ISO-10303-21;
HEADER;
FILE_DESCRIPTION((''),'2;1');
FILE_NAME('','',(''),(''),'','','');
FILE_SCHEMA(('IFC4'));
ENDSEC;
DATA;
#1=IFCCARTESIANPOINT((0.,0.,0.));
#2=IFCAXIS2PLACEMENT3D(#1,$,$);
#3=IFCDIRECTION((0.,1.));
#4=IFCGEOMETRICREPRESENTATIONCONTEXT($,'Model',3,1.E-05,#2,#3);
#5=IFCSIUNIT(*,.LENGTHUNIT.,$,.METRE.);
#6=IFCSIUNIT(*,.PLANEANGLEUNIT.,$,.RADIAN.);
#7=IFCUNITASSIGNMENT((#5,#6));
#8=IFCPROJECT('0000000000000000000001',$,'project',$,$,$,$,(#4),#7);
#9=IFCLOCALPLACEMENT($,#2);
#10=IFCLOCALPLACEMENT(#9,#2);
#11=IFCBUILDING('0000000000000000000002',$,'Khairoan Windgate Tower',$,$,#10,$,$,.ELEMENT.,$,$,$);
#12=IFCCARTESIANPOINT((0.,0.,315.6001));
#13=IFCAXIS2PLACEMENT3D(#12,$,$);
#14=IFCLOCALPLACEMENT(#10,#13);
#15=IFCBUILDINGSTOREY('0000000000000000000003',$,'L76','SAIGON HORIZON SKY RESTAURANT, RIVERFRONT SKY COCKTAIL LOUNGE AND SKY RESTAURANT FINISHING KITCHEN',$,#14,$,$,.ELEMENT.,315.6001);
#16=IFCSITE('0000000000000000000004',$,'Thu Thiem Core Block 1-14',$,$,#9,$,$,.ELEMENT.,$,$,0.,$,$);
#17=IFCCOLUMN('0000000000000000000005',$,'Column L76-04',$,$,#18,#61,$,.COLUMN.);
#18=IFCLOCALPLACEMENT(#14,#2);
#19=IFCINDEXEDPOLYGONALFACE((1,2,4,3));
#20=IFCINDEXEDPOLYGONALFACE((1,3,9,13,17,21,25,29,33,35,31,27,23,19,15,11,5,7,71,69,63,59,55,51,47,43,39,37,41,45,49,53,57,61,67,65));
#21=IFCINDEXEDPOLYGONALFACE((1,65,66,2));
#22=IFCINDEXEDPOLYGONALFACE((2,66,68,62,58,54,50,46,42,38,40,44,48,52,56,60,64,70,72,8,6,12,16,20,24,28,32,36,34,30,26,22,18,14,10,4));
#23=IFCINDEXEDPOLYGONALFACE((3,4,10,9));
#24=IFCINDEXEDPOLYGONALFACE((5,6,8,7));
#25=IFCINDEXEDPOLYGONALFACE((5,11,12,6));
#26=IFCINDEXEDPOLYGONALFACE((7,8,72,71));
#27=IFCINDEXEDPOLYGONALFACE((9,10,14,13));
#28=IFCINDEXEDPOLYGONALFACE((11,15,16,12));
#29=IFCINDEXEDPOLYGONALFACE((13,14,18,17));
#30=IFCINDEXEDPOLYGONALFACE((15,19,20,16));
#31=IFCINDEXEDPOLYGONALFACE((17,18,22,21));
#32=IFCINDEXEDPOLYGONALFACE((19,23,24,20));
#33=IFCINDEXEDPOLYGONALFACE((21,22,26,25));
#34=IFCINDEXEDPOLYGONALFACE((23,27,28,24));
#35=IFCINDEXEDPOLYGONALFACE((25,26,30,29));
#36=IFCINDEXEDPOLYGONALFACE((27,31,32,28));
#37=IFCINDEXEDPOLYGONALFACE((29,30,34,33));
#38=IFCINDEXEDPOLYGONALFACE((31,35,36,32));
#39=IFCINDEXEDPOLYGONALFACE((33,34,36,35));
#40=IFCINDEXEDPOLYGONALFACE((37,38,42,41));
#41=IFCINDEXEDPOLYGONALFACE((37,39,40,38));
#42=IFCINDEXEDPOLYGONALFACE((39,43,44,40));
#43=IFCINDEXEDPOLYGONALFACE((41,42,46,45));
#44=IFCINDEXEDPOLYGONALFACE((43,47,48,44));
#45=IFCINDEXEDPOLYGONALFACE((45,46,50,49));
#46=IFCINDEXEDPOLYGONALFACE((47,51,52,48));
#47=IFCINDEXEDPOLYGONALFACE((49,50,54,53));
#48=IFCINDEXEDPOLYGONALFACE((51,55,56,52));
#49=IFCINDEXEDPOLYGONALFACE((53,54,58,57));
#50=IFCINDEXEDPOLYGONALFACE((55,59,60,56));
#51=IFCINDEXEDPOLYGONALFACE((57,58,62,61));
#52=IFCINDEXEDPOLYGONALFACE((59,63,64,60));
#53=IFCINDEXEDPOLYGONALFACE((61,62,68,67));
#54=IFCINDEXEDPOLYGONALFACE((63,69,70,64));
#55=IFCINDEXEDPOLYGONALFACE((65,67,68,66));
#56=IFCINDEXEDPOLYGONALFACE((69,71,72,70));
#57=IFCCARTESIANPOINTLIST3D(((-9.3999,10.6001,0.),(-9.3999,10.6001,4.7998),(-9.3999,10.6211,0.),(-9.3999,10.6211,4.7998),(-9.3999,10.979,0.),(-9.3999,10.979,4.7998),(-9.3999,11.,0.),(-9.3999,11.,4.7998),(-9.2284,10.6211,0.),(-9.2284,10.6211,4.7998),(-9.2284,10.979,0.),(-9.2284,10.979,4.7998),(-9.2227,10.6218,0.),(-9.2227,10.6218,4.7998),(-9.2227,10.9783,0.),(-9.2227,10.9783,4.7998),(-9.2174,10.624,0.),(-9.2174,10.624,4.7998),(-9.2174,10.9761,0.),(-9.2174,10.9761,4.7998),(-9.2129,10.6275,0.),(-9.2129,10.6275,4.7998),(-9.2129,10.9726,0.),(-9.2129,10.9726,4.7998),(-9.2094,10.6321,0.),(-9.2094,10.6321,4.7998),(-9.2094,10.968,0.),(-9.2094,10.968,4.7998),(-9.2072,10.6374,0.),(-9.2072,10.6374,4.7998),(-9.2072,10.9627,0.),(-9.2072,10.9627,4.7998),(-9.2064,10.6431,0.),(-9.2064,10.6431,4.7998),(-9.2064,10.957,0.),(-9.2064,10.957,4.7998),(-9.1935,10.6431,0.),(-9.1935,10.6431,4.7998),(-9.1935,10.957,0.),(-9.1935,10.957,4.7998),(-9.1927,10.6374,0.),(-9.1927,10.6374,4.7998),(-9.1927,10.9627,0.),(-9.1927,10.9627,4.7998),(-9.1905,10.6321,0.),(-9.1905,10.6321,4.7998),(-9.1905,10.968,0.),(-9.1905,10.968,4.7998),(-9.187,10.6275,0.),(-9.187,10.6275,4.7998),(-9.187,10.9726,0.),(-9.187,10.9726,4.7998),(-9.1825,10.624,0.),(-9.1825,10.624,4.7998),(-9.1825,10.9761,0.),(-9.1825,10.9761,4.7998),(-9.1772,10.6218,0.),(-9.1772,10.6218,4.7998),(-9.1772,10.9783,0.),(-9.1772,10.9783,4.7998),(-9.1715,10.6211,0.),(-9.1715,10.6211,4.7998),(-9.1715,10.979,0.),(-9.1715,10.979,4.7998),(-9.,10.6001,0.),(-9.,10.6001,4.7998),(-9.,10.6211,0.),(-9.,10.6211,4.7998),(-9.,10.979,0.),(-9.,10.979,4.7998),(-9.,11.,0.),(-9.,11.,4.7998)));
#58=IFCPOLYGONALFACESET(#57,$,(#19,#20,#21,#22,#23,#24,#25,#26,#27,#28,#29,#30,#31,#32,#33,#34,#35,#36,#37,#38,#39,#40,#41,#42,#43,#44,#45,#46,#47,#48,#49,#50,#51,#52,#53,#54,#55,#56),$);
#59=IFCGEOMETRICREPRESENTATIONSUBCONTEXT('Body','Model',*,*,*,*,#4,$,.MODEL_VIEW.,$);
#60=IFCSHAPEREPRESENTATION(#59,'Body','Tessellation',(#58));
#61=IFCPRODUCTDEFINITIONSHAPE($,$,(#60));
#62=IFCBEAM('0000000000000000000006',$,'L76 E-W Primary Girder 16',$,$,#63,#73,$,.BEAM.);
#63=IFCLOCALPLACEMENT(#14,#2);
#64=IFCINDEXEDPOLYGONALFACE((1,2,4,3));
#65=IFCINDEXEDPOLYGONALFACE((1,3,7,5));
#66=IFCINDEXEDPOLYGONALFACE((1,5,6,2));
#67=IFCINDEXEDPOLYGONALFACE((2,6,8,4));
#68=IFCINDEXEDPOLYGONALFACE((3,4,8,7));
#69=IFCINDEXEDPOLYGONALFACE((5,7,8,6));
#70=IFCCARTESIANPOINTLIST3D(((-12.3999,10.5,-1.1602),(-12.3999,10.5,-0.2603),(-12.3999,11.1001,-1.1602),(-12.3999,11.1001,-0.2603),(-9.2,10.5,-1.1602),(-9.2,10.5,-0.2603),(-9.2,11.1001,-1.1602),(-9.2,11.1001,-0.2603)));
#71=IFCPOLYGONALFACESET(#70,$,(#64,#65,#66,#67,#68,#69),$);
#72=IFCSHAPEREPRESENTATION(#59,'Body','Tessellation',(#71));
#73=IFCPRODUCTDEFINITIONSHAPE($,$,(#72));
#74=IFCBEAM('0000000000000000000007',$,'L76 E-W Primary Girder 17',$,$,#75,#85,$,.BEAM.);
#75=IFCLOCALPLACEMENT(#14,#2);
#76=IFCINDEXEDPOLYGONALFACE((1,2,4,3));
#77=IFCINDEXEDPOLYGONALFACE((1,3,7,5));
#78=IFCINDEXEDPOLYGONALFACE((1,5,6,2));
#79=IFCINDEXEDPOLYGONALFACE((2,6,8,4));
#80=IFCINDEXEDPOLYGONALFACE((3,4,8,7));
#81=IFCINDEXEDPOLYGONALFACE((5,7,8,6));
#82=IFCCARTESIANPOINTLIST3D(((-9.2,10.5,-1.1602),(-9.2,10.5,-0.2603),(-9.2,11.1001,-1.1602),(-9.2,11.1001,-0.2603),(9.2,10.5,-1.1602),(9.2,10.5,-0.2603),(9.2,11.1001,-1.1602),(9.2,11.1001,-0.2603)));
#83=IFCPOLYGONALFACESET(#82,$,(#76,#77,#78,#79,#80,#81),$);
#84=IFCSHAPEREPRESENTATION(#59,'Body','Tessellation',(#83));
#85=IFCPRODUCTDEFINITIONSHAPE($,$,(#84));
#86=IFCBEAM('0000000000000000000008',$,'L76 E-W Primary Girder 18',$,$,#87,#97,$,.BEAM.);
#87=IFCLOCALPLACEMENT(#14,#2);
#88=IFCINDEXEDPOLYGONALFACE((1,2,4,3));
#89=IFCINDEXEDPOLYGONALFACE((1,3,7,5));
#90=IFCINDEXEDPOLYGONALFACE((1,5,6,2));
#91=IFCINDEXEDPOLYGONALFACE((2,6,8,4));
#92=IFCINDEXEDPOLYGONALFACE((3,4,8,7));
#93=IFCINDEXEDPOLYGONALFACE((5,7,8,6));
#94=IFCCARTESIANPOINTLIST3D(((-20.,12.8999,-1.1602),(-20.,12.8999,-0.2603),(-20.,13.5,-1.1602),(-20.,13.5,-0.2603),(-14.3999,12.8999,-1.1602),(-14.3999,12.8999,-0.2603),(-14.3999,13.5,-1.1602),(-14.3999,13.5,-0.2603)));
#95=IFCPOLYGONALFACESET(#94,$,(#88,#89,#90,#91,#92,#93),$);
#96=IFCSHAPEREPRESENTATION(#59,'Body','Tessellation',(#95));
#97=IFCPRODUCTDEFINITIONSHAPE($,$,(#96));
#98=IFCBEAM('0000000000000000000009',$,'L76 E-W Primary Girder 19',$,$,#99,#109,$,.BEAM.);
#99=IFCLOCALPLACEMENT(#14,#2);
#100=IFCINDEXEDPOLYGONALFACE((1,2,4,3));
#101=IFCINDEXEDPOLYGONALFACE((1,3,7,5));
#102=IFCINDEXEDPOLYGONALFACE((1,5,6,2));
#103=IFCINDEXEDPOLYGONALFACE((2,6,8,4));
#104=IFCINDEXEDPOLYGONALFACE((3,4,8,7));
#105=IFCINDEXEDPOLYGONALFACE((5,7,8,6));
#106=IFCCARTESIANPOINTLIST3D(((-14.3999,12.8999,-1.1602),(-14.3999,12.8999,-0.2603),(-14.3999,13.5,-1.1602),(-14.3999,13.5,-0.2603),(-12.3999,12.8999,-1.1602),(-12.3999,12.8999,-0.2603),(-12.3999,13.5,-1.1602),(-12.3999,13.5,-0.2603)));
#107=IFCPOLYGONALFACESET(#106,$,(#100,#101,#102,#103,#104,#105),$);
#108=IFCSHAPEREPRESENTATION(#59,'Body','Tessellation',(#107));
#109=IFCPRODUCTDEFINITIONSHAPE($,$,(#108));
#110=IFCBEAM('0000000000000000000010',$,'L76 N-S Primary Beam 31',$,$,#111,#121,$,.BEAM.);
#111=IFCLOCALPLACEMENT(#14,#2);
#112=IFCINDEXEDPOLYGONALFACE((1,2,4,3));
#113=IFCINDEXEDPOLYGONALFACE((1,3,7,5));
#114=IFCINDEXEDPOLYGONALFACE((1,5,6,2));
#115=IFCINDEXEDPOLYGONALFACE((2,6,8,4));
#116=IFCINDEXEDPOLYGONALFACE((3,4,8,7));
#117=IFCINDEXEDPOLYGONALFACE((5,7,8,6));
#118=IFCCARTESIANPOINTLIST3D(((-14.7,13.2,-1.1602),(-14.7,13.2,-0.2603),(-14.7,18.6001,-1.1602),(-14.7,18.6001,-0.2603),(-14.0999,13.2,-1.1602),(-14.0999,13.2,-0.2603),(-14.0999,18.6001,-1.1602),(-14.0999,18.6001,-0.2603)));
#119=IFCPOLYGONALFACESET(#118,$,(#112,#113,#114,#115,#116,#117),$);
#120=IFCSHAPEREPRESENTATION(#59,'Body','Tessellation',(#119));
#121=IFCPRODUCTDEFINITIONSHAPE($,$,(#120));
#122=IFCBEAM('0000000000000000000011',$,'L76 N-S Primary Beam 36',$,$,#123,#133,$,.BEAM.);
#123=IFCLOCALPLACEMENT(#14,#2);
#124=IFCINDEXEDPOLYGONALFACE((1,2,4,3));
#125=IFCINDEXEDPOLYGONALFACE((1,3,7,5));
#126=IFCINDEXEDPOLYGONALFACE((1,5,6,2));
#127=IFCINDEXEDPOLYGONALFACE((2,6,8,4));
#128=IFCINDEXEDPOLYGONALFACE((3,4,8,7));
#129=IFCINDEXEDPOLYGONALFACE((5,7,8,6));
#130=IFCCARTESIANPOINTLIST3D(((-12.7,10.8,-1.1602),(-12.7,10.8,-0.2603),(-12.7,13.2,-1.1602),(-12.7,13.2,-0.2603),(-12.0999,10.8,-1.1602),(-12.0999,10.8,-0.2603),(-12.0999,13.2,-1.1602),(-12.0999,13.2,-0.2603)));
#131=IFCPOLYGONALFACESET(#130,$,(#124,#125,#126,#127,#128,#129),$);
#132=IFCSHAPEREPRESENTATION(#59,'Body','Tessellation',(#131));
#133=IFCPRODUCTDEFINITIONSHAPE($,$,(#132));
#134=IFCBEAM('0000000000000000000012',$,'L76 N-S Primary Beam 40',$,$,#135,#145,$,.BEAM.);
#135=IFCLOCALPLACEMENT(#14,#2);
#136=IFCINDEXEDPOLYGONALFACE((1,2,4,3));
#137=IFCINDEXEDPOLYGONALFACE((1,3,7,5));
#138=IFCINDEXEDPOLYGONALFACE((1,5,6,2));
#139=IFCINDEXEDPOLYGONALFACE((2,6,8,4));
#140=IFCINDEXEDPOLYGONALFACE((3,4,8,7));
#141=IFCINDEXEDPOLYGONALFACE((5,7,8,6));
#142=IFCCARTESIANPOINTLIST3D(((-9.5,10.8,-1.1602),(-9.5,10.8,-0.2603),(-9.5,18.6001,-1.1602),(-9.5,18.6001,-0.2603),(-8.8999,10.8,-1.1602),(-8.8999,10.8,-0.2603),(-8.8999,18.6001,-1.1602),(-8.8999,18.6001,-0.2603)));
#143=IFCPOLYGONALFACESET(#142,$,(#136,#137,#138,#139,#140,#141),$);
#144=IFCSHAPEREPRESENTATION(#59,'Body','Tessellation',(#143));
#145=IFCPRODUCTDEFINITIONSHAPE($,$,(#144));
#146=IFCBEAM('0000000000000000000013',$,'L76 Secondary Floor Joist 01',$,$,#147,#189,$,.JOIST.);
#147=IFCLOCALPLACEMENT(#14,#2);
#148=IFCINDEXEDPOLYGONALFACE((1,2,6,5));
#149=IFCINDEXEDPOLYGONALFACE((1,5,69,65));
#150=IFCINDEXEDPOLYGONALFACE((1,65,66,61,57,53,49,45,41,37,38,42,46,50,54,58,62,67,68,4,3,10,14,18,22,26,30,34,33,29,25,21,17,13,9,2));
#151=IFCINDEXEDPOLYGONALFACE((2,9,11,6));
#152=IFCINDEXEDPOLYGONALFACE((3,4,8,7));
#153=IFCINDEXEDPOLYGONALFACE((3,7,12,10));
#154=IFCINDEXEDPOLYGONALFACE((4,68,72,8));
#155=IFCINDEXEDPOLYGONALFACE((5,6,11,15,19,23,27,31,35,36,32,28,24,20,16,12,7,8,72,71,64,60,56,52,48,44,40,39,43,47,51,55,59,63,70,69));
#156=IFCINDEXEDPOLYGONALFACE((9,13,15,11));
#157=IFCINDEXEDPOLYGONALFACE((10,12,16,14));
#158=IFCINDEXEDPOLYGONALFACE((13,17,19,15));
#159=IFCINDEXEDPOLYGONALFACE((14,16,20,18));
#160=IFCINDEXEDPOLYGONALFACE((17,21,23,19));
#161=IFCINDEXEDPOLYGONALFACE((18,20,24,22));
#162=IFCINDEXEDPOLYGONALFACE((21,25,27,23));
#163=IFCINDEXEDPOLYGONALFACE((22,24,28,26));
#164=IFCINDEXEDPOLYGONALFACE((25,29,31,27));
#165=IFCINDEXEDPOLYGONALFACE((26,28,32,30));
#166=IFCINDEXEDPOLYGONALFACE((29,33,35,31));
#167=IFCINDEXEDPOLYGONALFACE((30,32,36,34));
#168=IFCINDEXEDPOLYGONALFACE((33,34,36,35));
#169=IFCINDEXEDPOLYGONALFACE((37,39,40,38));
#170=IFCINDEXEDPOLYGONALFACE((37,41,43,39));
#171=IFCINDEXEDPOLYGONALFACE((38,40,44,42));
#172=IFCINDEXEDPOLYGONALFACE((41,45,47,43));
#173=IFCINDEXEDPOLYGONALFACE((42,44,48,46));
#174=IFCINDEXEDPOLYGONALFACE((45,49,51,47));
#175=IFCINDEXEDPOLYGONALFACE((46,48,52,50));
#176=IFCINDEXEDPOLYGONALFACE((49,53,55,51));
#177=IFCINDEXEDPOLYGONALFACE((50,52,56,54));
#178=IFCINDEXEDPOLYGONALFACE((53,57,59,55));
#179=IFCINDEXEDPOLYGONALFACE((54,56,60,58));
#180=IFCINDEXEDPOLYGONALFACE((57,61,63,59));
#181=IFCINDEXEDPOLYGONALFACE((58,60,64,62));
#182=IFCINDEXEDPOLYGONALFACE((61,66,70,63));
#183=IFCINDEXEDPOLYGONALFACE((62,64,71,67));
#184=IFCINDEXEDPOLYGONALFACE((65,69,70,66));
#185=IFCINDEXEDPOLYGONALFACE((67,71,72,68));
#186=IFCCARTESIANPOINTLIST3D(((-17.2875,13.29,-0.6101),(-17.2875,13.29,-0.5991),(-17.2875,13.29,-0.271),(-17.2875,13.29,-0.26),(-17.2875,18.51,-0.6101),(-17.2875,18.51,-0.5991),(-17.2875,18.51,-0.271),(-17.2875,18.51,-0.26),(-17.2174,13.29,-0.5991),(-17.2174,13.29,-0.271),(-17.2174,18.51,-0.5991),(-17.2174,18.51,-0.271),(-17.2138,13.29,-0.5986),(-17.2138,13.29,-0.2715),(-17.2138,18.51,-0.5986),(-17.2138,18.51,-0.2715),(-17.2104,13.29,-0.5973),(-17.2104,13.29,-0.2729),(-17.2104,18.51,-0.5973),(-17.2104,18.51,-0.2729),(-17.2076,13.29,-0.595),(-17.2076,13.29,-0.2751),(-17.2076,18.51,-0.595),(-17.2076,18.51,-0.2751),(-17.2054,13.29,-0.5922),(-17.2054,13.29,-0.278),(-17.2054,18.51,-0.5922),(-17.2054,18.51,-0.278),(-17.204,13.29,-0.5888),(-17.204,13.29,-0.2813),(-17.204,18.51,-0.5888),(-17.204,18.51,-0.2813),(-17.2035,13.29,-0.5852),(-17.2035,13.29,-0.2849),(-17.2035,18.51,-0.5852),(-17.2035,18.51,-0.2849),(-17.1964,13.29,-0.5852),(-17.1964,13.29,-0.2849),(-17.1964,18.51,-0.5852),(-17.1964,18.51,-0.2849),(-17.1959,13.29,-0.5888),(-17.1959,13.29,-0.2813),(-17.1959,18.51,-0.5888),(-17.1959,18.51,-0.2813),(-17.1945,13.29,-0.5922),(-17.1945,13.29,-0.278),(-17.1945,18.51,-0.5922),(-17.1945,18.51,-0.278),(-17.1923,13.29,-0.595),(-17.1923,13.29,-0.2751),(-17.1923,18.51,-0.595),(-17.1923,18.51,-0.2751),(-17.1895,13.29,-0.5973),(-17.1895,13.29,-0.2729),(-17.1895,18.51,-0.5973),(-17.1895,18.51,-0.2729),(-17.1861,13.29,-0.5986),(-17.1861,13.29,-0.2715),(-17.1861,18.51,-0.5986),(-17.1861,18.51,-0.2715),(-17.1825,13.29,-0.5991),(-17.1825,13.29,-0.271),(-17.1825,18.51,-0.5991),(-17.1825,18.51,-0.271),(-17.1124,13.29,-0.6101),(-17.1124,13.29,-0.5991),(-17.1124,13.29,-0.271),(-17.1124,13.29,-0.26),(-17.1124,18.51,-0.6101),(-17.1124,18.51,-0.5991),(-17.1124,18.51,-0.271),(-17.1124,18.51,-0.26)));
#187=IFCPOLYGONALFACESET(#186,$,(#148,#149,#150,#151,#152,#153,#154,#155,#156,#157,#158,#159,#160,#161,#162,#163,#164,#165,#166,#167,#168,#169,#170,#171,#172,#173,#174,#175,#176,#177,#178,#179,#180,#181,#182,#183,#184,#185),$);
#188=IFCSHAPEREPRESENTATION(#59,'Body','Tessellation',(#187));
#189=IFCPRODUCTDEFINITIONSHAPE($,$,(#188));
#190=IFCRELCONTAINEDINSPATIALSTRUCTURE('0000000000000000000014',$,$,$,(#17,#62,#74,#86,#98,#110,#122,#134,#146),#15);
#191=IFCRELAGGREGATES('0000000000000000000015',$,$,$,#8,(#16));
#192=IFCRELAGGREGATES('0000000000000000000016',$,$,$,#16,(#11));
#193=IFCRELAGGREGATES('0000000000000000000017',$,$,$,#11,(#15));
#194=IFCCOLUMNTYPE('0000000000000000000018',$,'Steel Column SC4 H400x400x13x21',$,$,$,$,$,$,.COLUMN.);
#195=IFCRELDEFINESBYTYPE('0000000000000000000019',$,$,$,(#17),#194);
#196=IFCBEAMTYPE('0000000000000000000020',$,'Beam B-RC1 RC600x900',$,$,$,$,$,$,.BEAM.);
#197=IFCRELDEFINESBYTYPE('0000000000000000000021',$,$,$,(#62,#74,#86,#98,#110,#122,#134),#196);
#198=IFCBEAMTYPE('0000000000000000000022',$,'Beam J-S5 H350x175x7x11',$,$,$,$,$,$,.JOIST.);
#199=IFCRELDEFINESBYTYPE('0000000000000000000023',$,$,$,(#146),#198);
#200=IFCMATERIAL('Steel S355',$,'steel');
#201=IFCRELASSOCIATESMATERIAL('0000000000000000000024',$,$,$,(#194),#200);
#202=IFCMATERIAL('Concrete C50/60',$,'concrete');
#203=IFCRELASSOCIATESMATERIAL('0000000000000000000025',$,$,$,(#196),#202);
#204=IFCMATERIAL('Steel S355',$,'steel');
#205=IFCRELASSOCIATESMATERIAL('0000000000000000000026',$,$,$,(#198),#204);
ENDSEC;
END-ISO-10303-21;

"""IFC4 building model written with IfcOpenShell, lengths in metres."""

from ifc_helpers import new_model, si_unit, direction, frame, origin, origin_2d, place, context, subcontext, project, spatial, rectangle, i_section, extrude, material, material_profile, profile_set, type_object, element, save


model = new_model("IFC4")

# Units and contexts
model_context = context("Model", 3, precision=1e-05, world=origin(), true_north=direction((0.0, 1.0)))
body_context = subcontext(model_context, "Body", "Model", "MODEL_VIEW")
ifc_project = project(units=[si_unit("LENGTHUNIT", "METRE"), si_unit("PLANEANGLEUNIT", "RADIAN")], contexts=[model_context])

# Site, building, storey
site_placement = place(None, origin())
site = spatial("IfcSite", under=ifc_project, at=site_placement, Name="Thu Thiem Core Block 1-14", CompositionType="ELEMENT", RefElevation=0.0)
building_placement = place(site_placement, origin())
building = spatial("IfcBuilding", under=site, at=building_placement, Name="Khairoan Windgate Tower", CompositionType="ELEMENT")
storey_placement = place(building_placement, frame((0.0, 0.0, 315.6001)))
storey = spatial("IfcBuildingStorey", under=building, at=storey_placement, Name="L76", Description="SAIGON HORIZON SKY RESTAURANT, RIVERFRONT SKY COCKTAIL LOUNGE AND SKY RESTAURANT FINISHING KITCHEN", CompositionType="ELEMENT", Elevation=315.6001)

# Column
ifc_material_1 = material(Name="Steel S355", Category="steel")
ifc_material_profile_1 = material_profile(ifc_material_1, i_section(OverallWidth=0.3999, OverallDepth=0.3999, WebThickness=0.0129, FlangeThickness=0.021, FilletRadius=0.022, at=origin_2d()))
ifc_profile_set_1 = profile_set([ifc_material_profile_1], Name="Steel S355")
column_type = type_object("IfcColumnType", Name="Steel Column SC4 H400x400x13x21", PredefinedType="COLUMN", material=ifc_profile_set_1)
column_placement = place(storey_placement, frame((-9.2, 10.8, 0.0), z_axis=(0.0, 0.0, 1.0), x_axis=(1.0, 0.0, 0.0)))
element("IfcColumn", 1, at=column_placement, inside=storey, type_object=column_type, Name="Column L76-04", PredefinedType="COLUMN", context=body_context, shape_type="SweptSolid", body=[
    extrude(i_section(OverallWidth=0.3999, OverallDepth=0.3999, WebThickness=0.0129, FlangeThickness=0.021, FilletRadius=0.022, at=origin_2d()), origin(), (0.0, 0.0, 1.0), 4.7998),
])

# Beams
ifc_material_2 = material(Name="Concrete C50/60", Category="concrete")
ifc_material_profile_2 = material_profile(ifc_material_2, rectangle(XDim=0.6001, YDim=0.8999, at=origin_2d()))
ifc_profile_set_2 = profile_set([ifc_material_profile_2], Name="Concrete C50/60")
beam_type_1 = type_object("IfcBeamType", Name="Beam B-RC1 RC600x900", PredefinedType="BEAM", material=ifc_profile_set_2)
beam_1_placement = place(storey_placement, frame((-12.3999, 10.8, -0.7102), z_axis=(1.0, 0.0, 0.0), x_axis=(0.0, 1.0, 0.0)))
element("IfcBeam", 2, at=beam_1_placement, inside=storey, type_object=beam_type_1, Name="L76 E-W Primary Girder 16", PredefinedType="BEAM", context=body_context, shape_type="SweptSolid", body=[
    extrude(rectangle(XDim=0.6001, YDim=0.8999, at=origin_2d()), origin(), (0.0, 0.0, 1.0), 3.2),
])
beam_2_placement = place(storey_placement, frame((-9.2, 10.8, -0.7102), z_axis=(1.0, 0.0, 0.0), x_axis=(0.0, 1.0, 0.0)))
element("IfcBeam", 3, at=beam_2_placement, inside=storey, type_object=beam_type_1, Name="L76 E-W Primary Girder 17", PredefinedType="BEAM", context=body_context, shape_type="SweptSolid", body=[
    extrude(rectangle(XDim=0.6001, YDim=0.8999, at=origin_2d()), origin(), (0.0, 0.0, 1.0), 18.3999),
])
beam_3_placement = place(storey_placement, frame((-20.0, 13.2, -0.7102), z_axis=(1.0, 0.0, 0.0), x_axis=(0.0, 1.0, 0.0)))
element("IfcBeam", 4, at=beam_3_placement, inside=storey, type_object=beam_type_1, Name="L76 E-W Primary Girder 18", PredefinedType="BEAM", context=body_context, shape_type="SweptSolid", body=[
    extrude(rectangle(XDim=0.6001, YDim=0.8999, at=origin_2d()), origin(), (0.0, 0.0, 1.0), 5.6001),
])
beam_4_placement = place(storey_placement, frame((-14.3999, 13.2, -0.7102), z_axis=(1.0, 0.0, 0.0), x_axis=(0.0, 1.0, 0.0)))
element("IfcBeam", 5, at=beam_4_placement, inside=storey, type_object=beam_type_1, Name="L76 E-W Primary Girder 19", PredefinedType="BEAM", context=body_context, shape_type="SweptSolid", body=[
    extrude(rectangle(XDim=0.6001, YDim=0.8999, at=origin_2d()), origin(), (0.0, 0.0, 1.0), 2.0),
])
beam_5_placement = place(storey_placement, frame((-14.3999, 13.2, -0.7102), z_axis=(0.0, 1.0, 0.0), x_axis=(-1.0, 0.0, 0.0)))
element("IfcBeam", 6, at=beam_5_placement, inside=storey, type_object=beam_type_1, Name="L76 N-S Primary Beam 31", PredefinedType="BEAM", context=body_context, shape_type="SweptSolid", body=[
    extrude(rectangle(XDim=0.6001, YDim=0.8999, at=origin_2d()), origin(), (0.0, 0.0, 1.0), 5.4001),
])
beam_6_placement = place(storey_placement, frame((-12.3999, 10.8, -0.7102), z_axis=(0.0, 1.0, 0.0), x_axis=(-1.0, 0.0, 0.0)))
element("IfcBeam", 7, at=beam_6_placement, inside=storey, type_object=beam_type_1, Name="L76 N-S Primary Beam 36", PredefinedType="BEAM", context=body_context, shape_type="SweptSolid", body=[
    extrude(rectangle(XDim=0.6001, YDim=0.8999, at=origin_2d()), origin(), (0.0, 0.0, 1.0), 2.3999),
])
beam_7_placement = place(storey_placement, frame((-9.2, 10.8, -0.7102), z_axis=(0.0, 1.0, 0.0), x_axis=(-1.0, 0.0, 0.0)))
element("IfcBeam", 8, at=beam_7_placement, inside=storey, type_object=beam_type_1, Name="L76 N-S Primary Beam 40", PredefinedType="BEAM", context=body_context, shape_type="SweptSolid", body=[
    extrude(rectangle(XDim=0.6001, YDim=0.8999, at=origin_2d()), origin(), (0.0, 0.0, 1.0), 7.8),
])
ifc_material_3 = material(Name="Steel S355", Category="steel")
ifc_material_profile_3 = material_profile(ifc_material_3, i_section(OverallWidth=0.175, OverallDepth=0.3501, WebThickness=0.0071, FlangeThickness=0.011, FilletRadius=0.0139, at=origin_2d()))
ifc_profile_set_3 = profile_set([ifc_material_profile_3], Name="Steel S355")
beam_type_2 = type_object("IfcBeamType", Name="Beam J-S5 H350x175x7x11", PredefinedType="JOIST", material=ifc_profile_set_3)
beam_8_placement = place(storey_placement, frame((-17.2, 13.29, -0.4351), z_axis=(0.0, 1.0, 0.0), x_axis=(-1.0, 0.0, 0.0)))
element("IfcBeam", 9, at=beam_8_placement, inside=storey, type_object=beam_type_2, Name="L76 Secondary Floor Joist 01", PredefinedType="JOIST", context=body_context, shape_type="SweptSolid", body=[
    extrude(i_section(OverallWidth=0.175, OverallDepth=0.3501, WebThickness=0.0071, FlangeThickness=0.011, FilletRadius=0.0139, at=origin_2d()), origin(), (0.0, 0.0, 1.0), 5.22),
])

save(model, "model.ifc")
